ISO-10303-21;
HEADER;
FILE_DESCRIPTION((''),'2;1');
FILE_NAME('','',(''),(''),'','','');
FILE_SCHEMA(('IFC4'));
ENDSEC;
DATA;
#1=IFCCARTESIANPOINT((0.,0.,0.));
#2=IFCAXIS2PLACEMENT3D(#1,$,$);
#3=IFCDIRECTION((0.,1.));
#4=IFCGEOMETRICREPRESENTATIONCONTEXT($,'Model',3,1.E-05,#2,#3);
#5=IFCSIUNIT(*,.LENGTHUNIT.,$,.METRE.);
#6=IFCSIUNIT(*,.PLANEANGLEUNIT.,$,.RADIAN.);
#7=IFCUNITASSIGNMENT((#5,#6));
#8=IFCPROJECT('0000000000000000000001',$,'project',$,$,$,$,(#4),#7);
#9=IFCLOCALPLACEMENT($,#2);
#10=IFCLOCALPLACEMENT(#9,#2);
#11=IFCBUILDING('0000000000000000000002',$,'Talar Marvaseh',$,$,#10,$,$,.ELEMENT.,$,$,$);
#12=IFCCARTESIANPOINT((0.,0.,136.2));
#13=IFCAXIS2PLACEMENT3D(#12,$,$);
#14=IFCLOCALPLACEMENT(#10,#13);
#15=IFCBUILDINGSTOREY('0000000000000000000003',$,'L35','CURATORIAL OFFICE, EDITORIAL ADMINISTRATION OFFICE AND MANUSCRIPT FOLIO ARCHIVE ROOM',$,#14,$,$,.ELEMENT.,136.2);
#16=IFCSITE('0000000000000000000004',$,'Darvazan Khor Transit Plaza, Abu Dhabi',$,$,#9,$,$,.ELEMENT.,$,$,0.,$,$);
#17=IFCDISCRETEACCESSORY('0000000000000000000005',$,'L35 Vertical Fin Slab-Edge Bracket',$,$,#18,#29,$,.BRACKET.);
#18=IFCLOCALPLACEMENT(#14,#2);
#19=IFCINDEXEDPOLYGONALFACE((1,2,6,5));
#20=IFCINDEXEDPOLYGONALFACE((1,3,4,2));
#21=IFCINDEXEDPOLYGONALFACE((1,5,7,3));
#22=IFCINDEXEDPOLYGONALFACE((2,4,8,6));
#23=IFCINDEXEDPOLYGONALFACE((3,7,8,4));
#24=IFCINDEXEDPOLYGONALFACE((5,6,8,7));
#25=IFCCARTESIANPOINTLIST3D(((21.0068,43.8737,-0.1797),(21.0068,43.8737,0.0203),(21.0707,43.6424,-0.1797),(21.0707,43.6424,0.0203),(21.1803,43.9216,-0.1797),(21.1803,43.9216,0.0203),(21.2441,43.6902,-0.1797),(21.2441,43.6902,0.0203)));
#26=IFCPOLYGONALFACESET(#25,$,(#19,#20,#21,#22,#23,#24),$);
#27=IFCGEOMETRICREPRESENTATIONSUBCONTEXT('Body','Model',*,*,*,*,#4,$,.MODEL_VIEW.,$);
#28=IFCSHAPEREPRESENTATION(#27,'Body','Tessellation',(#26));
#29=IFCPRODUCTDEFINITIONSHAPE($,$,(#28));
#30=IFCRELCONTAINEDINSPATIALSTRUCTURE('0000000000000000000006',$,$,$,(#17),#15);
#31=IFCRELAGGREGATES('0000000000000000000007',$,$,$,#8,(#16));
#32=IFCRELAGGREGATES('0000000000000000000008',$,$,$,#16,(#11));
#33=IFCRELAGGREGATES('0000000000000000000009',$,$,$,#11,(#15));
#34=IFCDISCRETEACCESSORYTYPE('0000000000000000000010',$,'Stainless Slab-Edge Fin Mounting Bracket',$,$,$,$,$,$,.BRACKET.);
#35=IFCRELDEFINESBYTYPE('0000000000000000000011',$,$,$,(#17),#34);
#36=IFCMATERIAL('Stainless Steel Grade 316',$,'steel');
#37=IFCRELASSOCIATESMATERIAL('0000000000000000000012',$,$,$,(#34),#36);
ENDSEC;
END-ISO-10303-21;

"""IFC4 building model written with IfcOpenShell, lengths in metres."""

from ifc_helpers import new_model, si_unit, direction, frame, origin, origin_2d, place, context, subcontext, project, spatial, rectangle, extrude, source, transform, mapped, material, type_object, type_shapes, element, save


model = new_model("IFC4")

# Units and contexts
model_context = context("Model", 3, precision=1e-05, world=origin(), true_north=direction((0.0, 1.0)))
body_context = subcontext(model_context, "Body", "Model", "MODEL_VIEW")
ifc_project = project(units=[si_unit("LENGTHUNIT", "METRE"), si_unit("PLANEANGLEUNIT", "RADIAN")], contexts=[model_context])

# Site, building, storey
site_placement = place(None, origin())
site = spatial("IfcSite", under=ifc_project, at=site_placement, Name="Darvazan Khor Transit Plaza, Abu Dhabi", CompositionType="ELEMENT", RefElevation=0.0)
building_placement = place(site_placement, origin())
building = spatial("IfcBuilding", under=site, at=building_placement, Name="Talar Marvaseh", CompositionType="ELEMENT")
storey_placement = place(building_placement, frame((0.0, 0.0, 136.2)))
storey = spatial("IfcBuildingStorey", under=building, at=storey_placement, Name="L35", Description="CURATORIAL OFFICE, EDITORIAL ADMINISTRATION OFFICE AND MANUSCRIPT FOLIO ARCHIVE ROOM", CompositionType="ELEMENT", Elevation=136.2)

# Shared definitions
ifc_material_1 = material(Name="Stainless Steel Grade 316", Category="steel")

# Discrete accessory
discrete_accessory_type = type_object("IfcDiscreteAccessoryType", Name="Stainless Slab-Edge Fin Mounting Bracket", PredefinedType="BRACKET", material=ifc_material_1)
shared_shape_1 = source(origin(), body_context, "Body", "SweptSolid", [
    extrude(rectangle(XDim=0.24, YDim=0.1799, at=origin_2d()), origin(), (0.0, 0.0, 1.0), 0.2),
])
type_shapes(discrete_accessory_type, [shared_shape_1])
for number, where, z_axis, x_axis, name in (
    (1, (21.1255, 43.782, -0.1797), (0.0, 0.0, 1.0), (-0.266061, 0.963956, 0.0), "L35 Vertical Fin Slab-Edge Bracket"),
):
    element("IfcDiscreteAccessory", number, at=place(storey_placement, frame(where, z_axis=z_axis, x_axis=x_axis)), inside=storey, type_object=discrete_accessory_type, Name=name, PredefinedType="BRACKET", context=body_context, shape_type="MappedRepresentation", body=[
        mapped(shared_shape_1, transform((0.0, 0.0, 0.0), x_axis=(1.0, 0.0, 0.0), y_axis=(0.0, 1.0, 0.0), z_axis=(0.0, 0.0, 1.0), scale=1.0)),
    ])

save(model, "model.ifc")
